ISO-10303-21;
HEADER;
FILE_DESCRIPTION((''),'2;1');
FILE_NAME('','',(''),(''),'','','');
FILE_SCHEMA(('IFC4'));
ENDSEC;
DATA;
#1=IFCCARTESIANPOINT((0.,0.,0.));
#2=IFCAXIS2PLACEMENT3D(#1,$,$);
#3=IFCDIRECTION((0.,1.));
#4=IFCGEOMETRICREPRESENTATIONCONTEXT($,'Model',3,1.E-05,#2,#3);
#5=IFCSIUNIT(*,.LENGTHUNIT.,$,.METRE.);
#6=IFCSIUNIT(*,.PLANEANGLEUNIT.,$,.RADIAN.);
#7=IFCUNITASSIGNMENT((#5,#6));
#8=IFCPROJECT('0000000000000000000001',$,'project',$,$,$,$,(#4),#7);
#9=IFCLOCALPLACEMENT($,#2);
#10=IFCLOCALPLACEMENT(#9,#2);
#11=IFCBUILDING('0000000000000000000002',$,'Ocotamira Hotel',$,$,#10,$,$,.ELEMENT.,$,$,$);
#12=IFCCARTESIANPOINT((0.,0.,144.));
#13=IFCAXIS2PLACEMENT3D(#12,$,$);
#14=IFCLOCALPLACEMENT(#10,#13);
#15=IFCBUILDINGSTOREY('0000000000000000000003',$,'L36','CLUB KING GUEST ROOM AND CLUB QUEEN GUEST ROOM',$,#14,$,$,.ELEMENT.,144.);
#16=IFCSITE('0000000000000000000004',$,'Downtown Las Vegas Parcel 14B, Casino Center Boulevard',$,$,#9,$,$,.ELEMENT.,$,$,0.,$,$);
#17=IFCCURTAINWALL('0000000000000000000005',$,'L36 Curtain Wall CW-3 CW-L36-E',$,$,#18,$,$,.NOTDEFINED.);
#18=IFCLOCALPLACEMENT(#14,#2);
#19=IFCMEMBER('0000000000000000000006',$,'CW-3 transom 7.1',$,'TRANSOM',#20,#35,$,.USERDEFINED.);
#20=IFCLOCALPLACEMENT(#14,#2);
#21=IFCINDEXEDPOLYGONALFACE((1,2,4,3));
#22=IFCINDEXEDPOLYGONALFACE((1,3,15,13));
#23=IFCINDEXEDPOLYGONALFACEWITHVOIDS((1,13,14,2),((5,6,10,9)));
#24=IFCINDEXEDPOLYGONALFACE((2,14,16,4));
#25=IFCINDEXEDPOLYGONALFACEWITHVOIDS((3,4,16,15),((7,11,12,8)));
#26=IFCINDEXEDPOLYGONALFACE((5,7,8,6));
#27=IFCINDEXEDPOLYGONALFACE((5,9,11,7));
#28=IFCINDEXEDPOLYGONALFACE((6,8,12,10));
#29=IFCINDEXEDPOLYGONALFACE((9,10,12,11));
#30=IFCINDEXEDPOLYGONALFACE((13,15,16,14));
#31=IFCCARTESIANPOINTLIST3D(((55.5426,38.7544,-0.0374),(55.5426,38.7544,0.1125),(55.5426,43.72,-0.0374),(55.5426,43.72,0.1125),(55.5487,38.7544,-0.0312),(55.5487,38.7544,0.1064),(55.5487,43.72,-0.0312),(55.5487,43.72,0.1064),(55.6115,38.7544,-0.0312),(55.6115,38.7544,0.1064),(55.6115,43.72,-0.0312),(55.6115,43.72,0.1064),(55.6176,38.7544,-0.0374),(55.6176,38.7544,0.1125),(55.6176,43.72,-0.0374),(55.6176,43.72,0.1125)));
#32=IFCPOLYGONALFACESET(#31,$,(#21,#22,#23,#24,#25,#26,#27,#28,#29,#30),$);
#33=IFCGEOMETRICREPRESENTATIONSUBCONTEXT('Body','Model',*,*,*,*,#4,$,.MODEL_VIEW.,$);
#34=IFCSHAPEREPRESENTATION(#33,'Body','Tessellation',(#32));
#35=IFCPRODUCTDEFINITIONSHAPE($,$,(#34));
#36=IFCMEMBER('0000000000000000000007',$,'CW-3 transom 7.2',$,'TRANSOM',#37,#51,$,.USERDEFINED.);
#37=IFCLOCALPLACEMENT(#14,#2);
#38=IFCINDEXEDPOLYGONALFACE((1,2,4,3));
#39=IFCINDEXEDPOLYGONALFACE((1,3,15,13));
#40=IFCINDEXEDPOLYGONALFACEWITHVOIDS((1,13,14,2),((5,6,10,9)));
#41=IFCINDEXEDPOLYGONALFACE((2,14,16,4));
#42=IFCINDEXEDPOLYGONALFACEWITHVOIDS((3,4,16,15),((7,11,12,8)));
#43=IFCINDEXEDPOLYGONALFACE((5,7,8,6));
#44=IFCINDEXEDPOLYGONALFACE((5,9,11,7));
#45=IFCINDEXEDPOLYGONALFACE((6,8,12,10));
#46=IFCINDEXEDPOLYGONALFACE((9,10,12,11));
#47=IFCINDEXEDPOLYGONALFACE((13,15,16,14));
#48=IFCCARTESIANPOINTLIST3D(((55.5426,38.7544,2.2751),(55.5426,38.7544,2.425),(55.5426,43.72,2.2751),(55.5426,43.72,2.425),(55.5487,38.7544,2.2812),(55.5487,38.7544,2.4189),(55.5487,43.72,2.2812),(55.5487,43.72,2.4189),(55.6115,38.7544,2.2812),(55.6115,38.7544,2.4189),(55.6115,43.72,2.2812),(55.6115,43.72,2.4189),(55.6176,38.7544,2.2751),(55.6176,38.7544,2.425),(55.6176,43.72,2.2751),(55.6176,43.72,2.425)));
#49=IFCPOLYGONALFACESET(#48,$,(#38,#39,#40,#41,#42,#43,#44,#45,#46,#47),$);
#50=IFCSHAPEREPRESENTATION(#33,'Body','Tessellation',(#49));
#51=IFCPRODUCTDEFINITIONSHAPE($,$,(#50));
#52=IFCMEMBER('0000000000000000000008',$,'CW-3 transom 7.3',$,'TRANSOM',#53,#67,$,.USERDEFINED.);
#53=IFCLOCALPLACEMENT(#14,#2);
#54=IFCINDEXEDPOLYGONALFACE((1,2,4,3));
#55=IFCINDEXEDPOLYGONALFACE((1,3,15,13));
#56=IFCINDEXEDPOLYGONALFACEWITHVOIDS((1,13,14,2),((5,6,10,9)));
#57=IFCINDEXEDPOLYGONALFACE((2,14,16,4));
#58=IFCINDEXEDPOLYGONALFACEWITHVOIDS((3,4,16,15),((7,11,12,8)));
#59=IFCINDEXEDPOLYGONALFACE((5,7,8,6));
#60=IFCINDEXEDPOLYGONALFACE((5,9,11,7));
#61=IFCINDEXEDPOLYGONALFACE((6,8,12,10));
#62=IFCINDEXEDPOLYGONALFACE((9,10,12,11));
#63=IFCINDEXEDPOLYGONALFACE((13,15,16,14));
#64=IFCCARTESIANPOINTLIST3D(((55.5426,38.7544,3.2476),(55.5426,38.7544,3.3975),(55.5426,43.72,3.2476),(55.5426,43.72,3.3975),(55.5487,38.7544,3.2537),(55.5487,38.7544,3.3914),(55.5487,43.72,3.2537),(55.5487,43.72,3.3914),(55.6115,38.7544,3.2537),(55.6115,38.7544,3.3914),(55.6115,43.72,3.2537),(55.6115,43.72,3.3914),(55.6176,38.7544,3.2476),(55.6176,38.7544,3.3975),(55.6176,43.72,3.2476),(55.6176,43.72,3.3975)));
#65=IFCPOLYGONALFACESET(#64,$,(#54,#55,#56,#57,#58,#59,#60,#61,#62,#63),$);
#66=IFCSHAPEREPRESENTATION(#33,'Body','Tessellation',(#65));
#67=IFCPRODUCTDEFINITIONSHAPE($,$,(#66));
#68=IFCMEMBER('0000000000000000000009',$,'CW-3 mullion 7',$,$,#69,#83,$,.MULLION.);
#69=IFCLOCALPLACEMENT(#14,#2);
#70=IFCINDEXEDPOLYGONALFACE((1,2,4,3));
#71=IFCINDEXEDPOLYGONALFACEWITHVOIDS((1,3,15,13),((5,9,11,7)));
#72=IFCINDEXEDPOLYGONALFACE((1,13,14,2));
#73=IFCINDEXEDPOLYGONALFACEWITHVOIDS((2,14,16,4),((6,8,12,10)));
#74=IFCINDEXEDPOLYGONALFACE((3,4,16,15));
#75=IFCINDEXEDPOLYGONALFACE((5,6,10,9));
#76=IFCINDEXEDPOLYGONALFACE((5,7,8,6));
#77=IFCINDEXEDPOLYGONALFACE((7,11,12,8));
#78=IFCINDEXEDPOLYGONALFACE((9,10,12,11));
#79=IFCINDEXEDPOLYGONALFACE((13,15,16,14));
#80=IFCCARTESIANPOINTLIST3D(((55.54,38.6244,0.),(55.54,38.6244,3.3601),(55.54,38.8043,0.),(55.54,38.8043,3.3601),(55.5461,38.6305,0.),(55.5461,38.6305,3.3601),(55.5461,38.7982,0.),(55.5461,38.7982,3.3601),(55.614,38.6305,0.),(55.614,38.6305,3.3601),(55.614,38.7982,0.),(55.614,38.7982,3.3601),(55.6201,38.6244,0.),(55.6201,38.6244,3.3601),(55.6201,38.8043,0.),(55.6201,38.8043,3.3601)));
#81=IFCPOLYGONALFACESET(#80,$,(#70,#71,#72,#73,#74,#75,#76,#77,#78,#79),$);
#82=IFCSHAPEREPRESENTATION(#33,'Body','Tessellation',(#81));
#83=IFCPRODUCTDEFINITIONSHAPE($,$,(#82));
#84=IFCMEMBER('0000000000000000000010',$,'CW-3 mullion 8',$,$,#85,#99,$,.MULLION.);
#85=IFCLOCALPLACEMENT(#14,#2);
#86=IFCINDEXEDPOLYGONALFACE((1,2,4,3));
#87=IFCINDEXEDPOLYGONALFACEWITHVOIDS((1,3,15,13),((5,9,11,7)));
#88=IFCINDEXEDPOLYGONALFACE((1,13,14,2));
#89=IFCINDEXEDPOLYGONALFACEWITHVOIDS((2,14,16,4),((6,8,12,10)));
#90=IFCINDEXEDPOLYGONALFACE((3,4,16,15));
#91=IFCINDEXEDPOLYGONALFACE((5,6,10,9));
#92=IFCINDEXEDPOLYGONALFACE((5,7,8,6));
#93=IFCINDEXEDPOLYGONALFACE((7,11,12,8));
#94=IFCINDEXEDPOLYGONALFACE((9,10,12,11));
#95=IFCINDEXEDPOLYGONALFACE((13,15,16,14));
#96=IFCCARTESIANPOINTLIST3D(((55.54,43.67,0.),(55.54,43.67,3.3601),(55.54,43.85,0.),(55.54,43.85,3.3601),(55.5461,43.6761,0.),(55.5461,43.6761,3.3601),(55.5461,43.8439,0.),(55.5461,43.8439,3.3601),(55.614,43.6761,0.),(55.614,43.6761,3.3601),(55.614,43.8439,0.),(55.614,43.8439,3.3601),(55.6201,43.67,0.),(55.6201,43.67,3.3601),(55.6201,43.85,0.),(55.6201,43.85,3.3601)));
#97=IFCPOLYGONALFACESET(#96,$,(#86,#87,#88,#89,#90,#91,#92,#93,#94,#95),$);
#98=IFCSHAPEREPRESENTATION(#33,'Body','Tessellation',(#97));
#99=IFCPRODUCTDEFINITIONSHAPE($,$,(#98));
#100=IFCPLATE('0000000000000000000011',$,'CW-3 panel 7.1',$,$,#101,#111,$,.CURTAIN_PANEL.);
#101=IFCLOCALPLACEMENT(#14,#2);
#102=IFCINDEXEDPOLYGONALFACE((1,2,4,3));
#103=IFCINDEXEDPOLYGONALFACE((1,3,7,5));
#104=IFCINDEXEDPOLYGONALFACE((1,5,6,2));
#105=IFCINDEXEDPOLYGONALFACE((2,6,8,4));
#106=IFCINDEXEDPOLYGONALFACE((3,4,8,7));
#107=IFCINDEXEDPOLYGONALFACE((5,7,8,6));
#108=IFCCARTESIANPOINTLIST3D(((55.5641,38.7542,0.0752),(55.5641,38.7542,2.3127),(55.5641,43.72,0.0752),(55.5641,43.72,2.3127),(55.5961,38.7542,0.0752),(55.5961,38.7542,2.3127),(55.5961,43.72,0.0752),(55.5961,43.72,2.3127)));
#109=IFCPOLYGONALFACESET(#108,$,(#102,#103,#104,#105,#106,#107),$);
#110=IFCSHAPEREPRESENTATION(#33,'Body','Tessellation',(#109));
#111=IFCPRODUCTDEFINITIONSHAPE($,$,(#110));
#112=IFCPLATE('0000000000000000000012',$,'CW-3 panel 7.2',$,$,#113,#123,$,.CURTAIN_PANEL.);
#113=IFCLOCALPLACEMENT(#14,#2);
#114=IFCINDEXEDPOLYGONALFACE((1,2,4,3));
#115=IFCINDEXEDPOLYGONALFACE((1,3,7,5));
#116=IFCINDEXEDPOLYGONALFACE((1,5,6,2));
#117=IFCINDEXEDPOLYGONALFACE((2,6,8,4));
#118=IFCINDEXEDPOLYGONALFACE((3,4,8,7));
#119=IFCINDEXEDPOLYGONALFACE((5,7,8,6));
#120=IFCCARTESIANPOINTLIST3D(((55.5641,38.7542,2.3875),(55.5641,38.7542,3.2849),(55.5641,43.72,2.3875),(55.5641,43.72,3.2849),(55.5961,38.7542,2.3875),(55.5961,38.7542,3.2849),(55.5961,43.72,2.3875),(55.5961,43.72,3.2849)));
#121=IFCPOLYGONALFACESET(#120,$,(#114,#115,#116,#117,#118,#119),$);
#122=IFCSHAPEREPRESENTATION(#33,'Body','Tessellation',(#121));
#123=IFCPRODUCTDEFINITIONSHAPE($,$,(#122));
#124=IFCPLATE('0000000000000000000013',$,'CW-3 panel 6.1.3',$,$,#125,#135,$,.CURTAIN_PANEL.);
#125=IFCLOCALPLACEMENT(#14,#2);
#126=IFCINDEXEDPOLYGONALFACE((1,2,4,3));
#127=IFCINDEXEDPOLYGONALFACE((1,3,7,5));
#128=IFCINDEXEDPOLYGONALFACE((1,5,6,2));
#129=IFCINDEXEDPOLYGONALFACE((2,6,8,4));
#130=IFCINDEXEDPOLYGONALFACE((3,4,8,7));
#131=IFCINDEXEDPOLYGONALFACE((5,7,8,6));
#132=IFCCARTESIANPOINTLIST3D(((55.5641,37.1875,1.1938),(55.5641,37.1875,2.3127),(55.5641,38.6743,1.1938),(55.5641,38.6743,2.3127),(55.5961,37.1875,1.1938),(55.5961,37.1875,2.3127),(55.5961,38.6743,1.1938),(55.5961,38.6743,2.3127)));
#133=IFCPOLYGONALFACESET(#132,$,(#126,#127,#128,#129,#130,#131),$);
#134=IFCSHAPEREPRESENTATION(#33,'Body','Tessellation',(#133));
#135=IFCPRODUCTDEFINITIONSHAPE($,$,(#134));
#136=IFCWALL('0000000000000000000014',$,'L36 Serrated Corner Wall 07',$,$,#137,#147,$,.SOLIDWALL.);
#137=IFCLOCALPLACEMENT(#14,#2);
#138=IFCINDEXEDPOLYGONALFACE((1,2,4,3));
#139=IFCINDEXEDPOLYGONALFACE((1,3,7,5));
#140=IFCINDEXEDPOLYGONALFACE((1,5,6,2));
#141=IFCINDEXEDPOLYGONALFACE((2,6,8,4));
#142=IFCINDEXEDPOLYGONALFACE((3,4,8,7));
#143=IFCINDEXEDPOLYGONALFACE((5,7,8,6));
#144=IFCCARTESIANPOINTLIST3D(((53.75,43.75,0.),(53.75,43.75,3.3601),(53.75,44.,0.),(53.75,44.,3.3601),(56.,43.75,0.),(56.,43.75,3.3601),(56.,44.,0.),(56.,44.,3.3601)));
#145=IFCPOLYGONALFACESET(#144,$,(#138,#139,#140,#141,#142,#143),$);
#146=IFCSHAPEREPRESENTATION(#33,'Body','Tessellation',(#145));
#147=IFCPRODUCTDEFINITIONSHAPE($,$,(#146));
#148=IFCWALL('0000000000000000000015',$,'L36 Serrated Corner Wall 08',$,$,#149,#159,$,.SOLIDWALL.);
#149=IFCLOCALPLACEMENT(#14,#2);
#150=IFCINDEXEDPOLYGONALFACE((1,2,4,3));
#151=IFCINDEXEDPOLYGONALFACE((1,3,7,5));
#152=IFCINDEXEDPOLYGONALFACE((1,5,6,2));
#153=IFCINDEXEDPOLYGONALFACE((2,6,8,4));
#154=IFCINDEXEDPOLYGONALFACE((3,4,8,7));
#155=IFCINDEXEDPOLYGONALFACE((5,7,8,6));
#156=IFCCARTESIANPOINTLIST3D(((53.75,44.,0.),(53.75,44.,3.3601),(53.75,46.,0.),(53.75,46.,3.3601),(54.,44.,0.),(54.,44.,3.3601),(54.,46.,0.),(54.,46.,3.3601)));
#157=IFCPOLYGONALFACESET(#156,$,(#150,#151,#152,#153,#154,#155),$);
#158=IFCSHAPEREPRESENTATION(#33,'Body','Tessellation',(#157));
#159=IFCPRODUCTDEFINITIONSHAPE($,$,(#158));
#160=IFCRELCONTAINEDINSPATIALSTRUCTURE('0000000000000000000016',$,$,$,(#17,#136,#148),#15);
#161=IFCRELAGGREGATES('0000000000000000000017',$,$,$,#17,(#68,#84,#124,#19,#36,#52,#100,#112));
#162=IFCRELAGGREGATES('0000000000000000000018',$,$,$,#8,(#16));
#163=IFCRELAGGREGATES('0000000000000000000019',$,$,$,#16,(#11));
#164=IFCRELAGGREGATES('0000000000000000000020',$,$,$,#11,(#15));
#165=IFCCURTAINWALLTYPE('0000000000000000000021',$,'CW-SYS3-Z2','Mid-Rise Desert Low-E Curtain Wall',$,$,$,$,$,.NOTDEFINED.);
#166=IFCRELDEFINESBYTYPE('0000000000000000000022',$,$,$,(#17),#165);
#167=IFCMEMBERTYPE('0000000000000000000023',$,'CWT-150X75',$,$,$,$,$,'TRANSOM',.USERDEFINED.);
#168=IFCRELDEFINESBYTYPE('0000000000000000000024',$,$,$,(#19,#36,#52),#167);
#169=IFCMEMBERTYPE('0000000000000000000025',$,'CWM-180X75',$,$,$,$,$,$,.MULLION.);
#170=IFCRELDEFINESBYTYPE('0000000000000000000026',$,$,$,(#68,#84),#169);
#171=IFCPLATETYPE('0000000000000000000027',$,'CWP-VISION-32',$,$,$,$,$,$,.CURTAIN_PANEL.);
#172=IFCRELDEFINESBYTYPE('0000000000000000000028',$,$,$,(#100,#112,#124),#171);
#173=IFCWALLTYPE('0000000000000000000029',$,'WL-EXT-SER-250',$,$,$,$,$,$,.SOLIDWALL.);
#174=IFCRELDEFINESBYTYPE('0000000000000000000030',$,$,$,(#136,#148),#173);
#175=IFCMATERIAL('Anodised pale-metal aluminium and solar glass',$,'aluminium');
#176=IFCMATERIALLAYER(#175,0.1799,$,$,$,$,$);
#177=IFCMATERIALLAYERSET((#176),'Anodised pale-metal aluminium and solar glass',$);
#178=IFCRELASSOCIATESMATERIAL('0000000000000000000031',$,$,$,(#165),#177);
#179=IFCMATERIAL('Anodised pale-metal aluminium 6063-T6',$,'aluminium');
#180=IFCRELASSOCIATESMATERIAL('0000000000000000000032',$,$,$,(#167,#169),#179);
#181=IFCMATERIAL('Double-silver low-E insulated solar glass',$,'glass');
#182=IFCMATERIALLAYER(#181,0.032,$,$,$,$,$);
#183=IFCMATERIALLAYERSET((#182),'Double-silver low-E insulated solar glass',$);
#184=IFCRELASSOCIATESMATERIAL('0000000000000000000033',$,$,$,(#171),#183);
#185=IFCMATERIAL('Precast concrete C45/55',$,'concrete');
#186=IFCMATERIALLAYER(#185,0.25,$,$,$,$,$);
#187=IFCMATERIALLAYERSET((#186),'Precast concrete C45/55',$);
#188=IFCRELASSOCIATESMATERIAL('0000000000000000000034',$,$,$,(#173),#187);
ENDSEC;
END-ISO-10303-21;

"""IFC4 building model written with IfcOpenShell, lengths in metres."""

from ifc_helpers import new_model, si_unit, direction, frame, frame_2d, origin, origin_2d, place, context, subcontext, project, spatial, rectangle, hollow_rectangle, extrude, source, transform, mapped, material, layer, layer_set, material_profile, profile_set, type_object, element, aggregate, save


model = new_model("IFC4")

# Units and contexts
model_context = context("Model", 3, precision=1e-05, world=origin(), true_north=direction((0.0, 1.0)))
body_context = subcontext(model_context, "Body", "Model", "MODEL_VIEW")
ifc_project = project(units=[si_unit("LENGTHUNIT", "METRE"), si_unit("PLANEANGLEUNIT", "RADIAN")], contexts=[model_context])

# Site, building, storey
site_placement = place(None, origin())
site = spatial("IfcSite", under=ifc_project, at=site_placement, Name="Downtown Las Vegas Parcel 14B, Casino Center Boulevard", CompositionType="ELEMENT", RefElevation=0.0)
building_placement = place(site_placement, origin())
building = spatial("IfcBuilding", under=site, at=building_placement, Name="Ocotamira Hotel", CompositionType="ELEMENT")
storey_placement = place(building_placement, frame((0.0, 0.0, 144.0)))
storey = spatial("IfcBuildingStorey", under=building, at=storey_placement, Name="L36", Description="CLUB KING GUEST ROOM AND CLUB QUEEN GUEST ROOM", CompositionType="ELEMENT", Elevation=144.0)

# Curtain wall, members, plates
ifc_material_1 = material(Name="Anodised pale-metal aluminium and solar glass", Category="aluminium")
ifc_layer_1 = layer(ifc_material_1, 0.1799)
ifc_layer_set_1 = layer_set([ifc_layer_1], Name="Anodised pale-metal aluminium and solar glass")
curtain_wall_type = type_object("IfcCurtainWallType", Name="CW-SYS3-Z2", Description="Mid-Rise Desert Low-E Curtain Wall", PredefinedType="NOTDEFINED", material=ifc_layer_set_1)
curtain_wall_placement = place(storey_placement, origin())
curtain_wall = element("IfcCurtainWall", 1, at=curtain_wall_placement, inside=storey, type_object=curtain_wall_type, Name="L36 Curtain Wall CW-3 CW-L36-E", PredefinedType="NOTDEFINED")
ifc_material_2 = material(Name="Anodised pale-metal aluminium 6063-T6", Category="aluminium")
ifc_material_profile_1 = material_profile(ifc_material_2, hollow_rectangle(XDim=0.075, YDim=0.1499, WallThickness=0.0061, at=origin_2d()), Name="HSS150X75X6")
ifc_profile_set_1 = profile_set([ifc_material_profile_1], Name="Anodised pale-metal aluminium 6063-T6")
member_type_1 = type_object("IfcMemberType", Name="CWT-150X75", ElementType="TRANSOM", PredefinedType="USERDEFINED", material=ifc_profile_set_1)
shared_shape_1 = source(origin(), body_context, "Body", "SweptSolid", [
    extrude(hollow_rectangle(XDim=0.075, YDim=0.1499, WallThickness=0.0061, at=origin_2d()), origin(), (0.0, 0.0, 1.0), 4.9656),
])
member_1_placement = place(storey_placement, frame((55.5801, 38.7544, 0.0376), z_axis=(0.0, 1.0, 0.0), x_axis=(-1.0, 0.0, 0.0)))
member_1 = element("IfcMember", 2, at=member_1_placement, type_object=member_type_1, Name="CW-3 transom 7.1", ObjectType="TRANSOM", PredefinedType="USERDEFINED", context=body_context, shape_type="MappedRepresentation", body=[
    mapped(shared_shape_1, transform((0.0, 0.0, 0.0), scale=1.0)),
])
member_2_placement = place(storey_placement, frame((55.5801, 38.7544, 2.3501), z_axis=(0.0, 1.0, 0.0), x_axis=(-1.0, 0.0, 0.0)))
member_2 = element("IfcMember", 3, at=member_2_placement, type_object=member_type_1, Name="CW-3 transom 7.2", ObjectType="TRANSOM", PredefinedType="USERDEFINED", context=body_context, shape_type="MappedRepresentation", body=[
    mapped(shared_shape_1, transform((0.0, 0.0, 0.0), scale=1.0)),
])
member_3_placement = place(storey_placement, frame((55.5801, 38.7544, 3.3225), z_axis=(0.0, 1.0, 0.0), x_axis=(-1.0, 0.0, 0.0)))
member_3 = element("IfcMember", 4, at=member_3_placement, type_object=member_type_1, Name="CW-3 transom 7.3", ObjectType="TRANSOM", PredefinedType="USERDEFINED", context=body_context, shape_type="MappedRepresentation", body=[
    mapped(shared_shape_1, transform((0.0, 0.0, 0.0), scale=1.0)),
])
ifc_material_profile_2 = material_profile(ifc_material_2, hollow_rectangle(XDim=0.0801, YDim=0.1799, WallThickness=0.0061, at=origin_2d()), Name="HSS180X80X6")
ifc_profile_set_2 = profile_set([ifc_material_profile_2], Name="Anodised pale-metal aluminium 6063-T6")
member_type_2 = type_object("IfcMemberType", Name="CWM-180X75", PredefinedType="MULLION", material=ifc_profile_set_2)
shared_shape_2 = source(origin(), body_context, "Body", "SweptSolid", [
    extrude(hollow_rectangle(XDim=0.0801, YDim=0.1799, WallThickness=0.0061, at=origin_2d()), origin(), (0.0, 0.0, 1.0), 3.3601),
])
member_4_placement = place(storey_placement, frame((55.5801, 38.7144, 0.0), z_axis=(0.0, 0.0, 1.0), x_axis=(-1.0, 0.0, 0.0)))
member_4 = element("IfcMember", 5, at=member_4_placement, type_object=member_type_2, Name="CW-3 mullion 7", PredefinedType="MULLION", context=body_context, shape_type="MappedRepresentation", body=[
    mapped(shared_shape_2, transform((0.0, 0.0, 0.0), scale=1.0)),
])
member_5_placement = place(storey_placement, frame((55.5801, 43.76, 0.0), z_axis=(0.0, 0.0, 1.0), x_axis=(-1.0, 0.0, 0.0)))
member_5 = element("IfcMember", 6, at=member_5_placement, type_object=member_type_2, Name="CW-3 mullion 8", PredefinedType="MULLION", context=body_context, shape_type="MappedRepresentation", body=[
    mapped(shared_shape_2, transform((0.0, 0.0, 0.0), scale=1.0)),
])
ifc_material_3 = material(Name="Double-silver low-E insulated solar glass", Category="glass")
ifc_layer_2 = layer(ifc_material_3, 0.032)
ifc_layer_set_2 = layer_set([ifc_layer_2], Name="Double-silver low-E insulated solar glass")
plate_type = type_object("IfcPlateType", Name="CWP-VISION-32", PredefinedType="CURTAIN_PANEL", material=ifc_layer_set_2)
shared_shape_3 = source(origin(), body_context, "Body", "SweptSolid", [
    extrude(rectangle(XDim=4.9658, YDim=0.032, at=origin_2d()), origin(), (0.0, 0.0, 1.0), 2.2375),
])
plate_1_placement = place(storey_placement, frame((55.5801, 41.2371, 0.0752), z_axis=(0.0, 0.0, 1.0), x_axis=(0.0, 1.0, 0.0)))
plate_1 = element("IfcPlate", 7, at=plate_1_placement, type_object=plate_type, Name="CW-3 panel 7.1", PredefinedType="CURTAIN_PANEL", context=body_context, shape_type="MappedRepresentation", body=[
    mapped(shared_shape_3, transform((0.0, 0.0, 0.0), scale=1.0)),
])
shared_shape_4 = source(origin(), body_context, "Body", "SweptSolid", [
    extrude(rectangle(XDim=4.9658, YDim=0.032, at=origin_2d()), origin(), (0.0, 0.0, 1.0), 0.8975),
])
plate_2_placement = place(storey_placement, frame((55.5801, 41.2371, 2.3875), z_axis=(0.0, 0.0, 1.0), x_axis=(0.0, 1.0, 0.0)))
plate_2 = element("IfcPlate", 8, at=plate_2_placement, type_object=plate_type, Name="CW-3 panel 7.2", PredefinedType="CURTAIN_PANEL", context=body_context, shape_type="MappedRepresentation", body=[
    mapped(shared_shape_4, transform((0.0, 0.0, 0.0), scale=1.0)),
])
shared_shape_5 = source(origin(), body_context, "Body", "SweptSolid", [
    extrude(rectangle(XDim=1.4868, YDim=0.032, at=origin_2d()), origin(), (0.0, 0.0, 1.0), 1.1189),
])
plate_3_placement = place(storey_placement, frame((55.5801, 37.9309, 1.1938), z_axis=(0.0, 0.0, 1.0), x_axis=(0.0, 1.0, 0.0)))
plate_3 = element("IfcPlate", 9, at=plate_3_placement, type_object=plate_type, Name="CW-3 panel 6.1.3", PredefinedType="CURTAIN_PANEL", context=body_context, shape_type="MappedRepresentation", body=[
    mapped(shared_shape_5, transform((0.0, 0.0, 0.0), scale=1.0)),
])
aggregate(curtain_wall, [member_4, member_5, plate_3, member_1, member_2, member_3, plate_1, plate_2])

# Walls
ifc_material_4 = material(Name="Precast concrete C45/55", Category="concrete")
ifc_layer_3 = layer(ifc_material_4, 0.25)
ifc_layer_set_3 = layer_set([ifc_layer_3], Name="Precast concrete C45/55")
wall_type_1 = type_object("IfcWallType", Name="WL-EXT-SER-250", PredefinedType="SOLIDWALL", material=ifc_layer_set_3)
wall_1_placement = place(storey_placement, frame((56.0, 43.875, 0.0), z_axis=(0.0, 0.0, 1.0), x_axis=(-1.0, 0.0, 0.0)))
element("IfcWall", 10, at=wall_1_placement, inside=storey, type_object=wall_type_1, Name="L36 Serrated Corner Wall 07", PredefinedType="SOLIDWALL", context=body_context, shape_type="SweptSolid", body=[
    extrude(rectangle(XDim=2.25, YDim=0.25, at=frame_2d((1.125, 0.0))), origin(), (0.0, 0.0, 1.0), 3.3601),
])
wall_2_placement = place(storey_placement, frame((53.875, 44.0, 0.0), z_axis=(0.0, 0.0, 1.0), x_axis=(0.0, 1.0, 0.0)))
element("IfcWall", 11, at=wall_2_placement, inside=storey, type_object=wall_type_1, Name="L36 Serrated Corner Wall 08", PredefinedType="SOLIDWALL", context=body_context, shape_type="SweptSolid", body=[
    extrude(rectangle(XDim=2.0, YDim=0.25, at=frame_2d((1.0, 0.0))), origin(), (0.0, 0.0, 1.0), 3.3601),
])

save(model, "model.ifc")
